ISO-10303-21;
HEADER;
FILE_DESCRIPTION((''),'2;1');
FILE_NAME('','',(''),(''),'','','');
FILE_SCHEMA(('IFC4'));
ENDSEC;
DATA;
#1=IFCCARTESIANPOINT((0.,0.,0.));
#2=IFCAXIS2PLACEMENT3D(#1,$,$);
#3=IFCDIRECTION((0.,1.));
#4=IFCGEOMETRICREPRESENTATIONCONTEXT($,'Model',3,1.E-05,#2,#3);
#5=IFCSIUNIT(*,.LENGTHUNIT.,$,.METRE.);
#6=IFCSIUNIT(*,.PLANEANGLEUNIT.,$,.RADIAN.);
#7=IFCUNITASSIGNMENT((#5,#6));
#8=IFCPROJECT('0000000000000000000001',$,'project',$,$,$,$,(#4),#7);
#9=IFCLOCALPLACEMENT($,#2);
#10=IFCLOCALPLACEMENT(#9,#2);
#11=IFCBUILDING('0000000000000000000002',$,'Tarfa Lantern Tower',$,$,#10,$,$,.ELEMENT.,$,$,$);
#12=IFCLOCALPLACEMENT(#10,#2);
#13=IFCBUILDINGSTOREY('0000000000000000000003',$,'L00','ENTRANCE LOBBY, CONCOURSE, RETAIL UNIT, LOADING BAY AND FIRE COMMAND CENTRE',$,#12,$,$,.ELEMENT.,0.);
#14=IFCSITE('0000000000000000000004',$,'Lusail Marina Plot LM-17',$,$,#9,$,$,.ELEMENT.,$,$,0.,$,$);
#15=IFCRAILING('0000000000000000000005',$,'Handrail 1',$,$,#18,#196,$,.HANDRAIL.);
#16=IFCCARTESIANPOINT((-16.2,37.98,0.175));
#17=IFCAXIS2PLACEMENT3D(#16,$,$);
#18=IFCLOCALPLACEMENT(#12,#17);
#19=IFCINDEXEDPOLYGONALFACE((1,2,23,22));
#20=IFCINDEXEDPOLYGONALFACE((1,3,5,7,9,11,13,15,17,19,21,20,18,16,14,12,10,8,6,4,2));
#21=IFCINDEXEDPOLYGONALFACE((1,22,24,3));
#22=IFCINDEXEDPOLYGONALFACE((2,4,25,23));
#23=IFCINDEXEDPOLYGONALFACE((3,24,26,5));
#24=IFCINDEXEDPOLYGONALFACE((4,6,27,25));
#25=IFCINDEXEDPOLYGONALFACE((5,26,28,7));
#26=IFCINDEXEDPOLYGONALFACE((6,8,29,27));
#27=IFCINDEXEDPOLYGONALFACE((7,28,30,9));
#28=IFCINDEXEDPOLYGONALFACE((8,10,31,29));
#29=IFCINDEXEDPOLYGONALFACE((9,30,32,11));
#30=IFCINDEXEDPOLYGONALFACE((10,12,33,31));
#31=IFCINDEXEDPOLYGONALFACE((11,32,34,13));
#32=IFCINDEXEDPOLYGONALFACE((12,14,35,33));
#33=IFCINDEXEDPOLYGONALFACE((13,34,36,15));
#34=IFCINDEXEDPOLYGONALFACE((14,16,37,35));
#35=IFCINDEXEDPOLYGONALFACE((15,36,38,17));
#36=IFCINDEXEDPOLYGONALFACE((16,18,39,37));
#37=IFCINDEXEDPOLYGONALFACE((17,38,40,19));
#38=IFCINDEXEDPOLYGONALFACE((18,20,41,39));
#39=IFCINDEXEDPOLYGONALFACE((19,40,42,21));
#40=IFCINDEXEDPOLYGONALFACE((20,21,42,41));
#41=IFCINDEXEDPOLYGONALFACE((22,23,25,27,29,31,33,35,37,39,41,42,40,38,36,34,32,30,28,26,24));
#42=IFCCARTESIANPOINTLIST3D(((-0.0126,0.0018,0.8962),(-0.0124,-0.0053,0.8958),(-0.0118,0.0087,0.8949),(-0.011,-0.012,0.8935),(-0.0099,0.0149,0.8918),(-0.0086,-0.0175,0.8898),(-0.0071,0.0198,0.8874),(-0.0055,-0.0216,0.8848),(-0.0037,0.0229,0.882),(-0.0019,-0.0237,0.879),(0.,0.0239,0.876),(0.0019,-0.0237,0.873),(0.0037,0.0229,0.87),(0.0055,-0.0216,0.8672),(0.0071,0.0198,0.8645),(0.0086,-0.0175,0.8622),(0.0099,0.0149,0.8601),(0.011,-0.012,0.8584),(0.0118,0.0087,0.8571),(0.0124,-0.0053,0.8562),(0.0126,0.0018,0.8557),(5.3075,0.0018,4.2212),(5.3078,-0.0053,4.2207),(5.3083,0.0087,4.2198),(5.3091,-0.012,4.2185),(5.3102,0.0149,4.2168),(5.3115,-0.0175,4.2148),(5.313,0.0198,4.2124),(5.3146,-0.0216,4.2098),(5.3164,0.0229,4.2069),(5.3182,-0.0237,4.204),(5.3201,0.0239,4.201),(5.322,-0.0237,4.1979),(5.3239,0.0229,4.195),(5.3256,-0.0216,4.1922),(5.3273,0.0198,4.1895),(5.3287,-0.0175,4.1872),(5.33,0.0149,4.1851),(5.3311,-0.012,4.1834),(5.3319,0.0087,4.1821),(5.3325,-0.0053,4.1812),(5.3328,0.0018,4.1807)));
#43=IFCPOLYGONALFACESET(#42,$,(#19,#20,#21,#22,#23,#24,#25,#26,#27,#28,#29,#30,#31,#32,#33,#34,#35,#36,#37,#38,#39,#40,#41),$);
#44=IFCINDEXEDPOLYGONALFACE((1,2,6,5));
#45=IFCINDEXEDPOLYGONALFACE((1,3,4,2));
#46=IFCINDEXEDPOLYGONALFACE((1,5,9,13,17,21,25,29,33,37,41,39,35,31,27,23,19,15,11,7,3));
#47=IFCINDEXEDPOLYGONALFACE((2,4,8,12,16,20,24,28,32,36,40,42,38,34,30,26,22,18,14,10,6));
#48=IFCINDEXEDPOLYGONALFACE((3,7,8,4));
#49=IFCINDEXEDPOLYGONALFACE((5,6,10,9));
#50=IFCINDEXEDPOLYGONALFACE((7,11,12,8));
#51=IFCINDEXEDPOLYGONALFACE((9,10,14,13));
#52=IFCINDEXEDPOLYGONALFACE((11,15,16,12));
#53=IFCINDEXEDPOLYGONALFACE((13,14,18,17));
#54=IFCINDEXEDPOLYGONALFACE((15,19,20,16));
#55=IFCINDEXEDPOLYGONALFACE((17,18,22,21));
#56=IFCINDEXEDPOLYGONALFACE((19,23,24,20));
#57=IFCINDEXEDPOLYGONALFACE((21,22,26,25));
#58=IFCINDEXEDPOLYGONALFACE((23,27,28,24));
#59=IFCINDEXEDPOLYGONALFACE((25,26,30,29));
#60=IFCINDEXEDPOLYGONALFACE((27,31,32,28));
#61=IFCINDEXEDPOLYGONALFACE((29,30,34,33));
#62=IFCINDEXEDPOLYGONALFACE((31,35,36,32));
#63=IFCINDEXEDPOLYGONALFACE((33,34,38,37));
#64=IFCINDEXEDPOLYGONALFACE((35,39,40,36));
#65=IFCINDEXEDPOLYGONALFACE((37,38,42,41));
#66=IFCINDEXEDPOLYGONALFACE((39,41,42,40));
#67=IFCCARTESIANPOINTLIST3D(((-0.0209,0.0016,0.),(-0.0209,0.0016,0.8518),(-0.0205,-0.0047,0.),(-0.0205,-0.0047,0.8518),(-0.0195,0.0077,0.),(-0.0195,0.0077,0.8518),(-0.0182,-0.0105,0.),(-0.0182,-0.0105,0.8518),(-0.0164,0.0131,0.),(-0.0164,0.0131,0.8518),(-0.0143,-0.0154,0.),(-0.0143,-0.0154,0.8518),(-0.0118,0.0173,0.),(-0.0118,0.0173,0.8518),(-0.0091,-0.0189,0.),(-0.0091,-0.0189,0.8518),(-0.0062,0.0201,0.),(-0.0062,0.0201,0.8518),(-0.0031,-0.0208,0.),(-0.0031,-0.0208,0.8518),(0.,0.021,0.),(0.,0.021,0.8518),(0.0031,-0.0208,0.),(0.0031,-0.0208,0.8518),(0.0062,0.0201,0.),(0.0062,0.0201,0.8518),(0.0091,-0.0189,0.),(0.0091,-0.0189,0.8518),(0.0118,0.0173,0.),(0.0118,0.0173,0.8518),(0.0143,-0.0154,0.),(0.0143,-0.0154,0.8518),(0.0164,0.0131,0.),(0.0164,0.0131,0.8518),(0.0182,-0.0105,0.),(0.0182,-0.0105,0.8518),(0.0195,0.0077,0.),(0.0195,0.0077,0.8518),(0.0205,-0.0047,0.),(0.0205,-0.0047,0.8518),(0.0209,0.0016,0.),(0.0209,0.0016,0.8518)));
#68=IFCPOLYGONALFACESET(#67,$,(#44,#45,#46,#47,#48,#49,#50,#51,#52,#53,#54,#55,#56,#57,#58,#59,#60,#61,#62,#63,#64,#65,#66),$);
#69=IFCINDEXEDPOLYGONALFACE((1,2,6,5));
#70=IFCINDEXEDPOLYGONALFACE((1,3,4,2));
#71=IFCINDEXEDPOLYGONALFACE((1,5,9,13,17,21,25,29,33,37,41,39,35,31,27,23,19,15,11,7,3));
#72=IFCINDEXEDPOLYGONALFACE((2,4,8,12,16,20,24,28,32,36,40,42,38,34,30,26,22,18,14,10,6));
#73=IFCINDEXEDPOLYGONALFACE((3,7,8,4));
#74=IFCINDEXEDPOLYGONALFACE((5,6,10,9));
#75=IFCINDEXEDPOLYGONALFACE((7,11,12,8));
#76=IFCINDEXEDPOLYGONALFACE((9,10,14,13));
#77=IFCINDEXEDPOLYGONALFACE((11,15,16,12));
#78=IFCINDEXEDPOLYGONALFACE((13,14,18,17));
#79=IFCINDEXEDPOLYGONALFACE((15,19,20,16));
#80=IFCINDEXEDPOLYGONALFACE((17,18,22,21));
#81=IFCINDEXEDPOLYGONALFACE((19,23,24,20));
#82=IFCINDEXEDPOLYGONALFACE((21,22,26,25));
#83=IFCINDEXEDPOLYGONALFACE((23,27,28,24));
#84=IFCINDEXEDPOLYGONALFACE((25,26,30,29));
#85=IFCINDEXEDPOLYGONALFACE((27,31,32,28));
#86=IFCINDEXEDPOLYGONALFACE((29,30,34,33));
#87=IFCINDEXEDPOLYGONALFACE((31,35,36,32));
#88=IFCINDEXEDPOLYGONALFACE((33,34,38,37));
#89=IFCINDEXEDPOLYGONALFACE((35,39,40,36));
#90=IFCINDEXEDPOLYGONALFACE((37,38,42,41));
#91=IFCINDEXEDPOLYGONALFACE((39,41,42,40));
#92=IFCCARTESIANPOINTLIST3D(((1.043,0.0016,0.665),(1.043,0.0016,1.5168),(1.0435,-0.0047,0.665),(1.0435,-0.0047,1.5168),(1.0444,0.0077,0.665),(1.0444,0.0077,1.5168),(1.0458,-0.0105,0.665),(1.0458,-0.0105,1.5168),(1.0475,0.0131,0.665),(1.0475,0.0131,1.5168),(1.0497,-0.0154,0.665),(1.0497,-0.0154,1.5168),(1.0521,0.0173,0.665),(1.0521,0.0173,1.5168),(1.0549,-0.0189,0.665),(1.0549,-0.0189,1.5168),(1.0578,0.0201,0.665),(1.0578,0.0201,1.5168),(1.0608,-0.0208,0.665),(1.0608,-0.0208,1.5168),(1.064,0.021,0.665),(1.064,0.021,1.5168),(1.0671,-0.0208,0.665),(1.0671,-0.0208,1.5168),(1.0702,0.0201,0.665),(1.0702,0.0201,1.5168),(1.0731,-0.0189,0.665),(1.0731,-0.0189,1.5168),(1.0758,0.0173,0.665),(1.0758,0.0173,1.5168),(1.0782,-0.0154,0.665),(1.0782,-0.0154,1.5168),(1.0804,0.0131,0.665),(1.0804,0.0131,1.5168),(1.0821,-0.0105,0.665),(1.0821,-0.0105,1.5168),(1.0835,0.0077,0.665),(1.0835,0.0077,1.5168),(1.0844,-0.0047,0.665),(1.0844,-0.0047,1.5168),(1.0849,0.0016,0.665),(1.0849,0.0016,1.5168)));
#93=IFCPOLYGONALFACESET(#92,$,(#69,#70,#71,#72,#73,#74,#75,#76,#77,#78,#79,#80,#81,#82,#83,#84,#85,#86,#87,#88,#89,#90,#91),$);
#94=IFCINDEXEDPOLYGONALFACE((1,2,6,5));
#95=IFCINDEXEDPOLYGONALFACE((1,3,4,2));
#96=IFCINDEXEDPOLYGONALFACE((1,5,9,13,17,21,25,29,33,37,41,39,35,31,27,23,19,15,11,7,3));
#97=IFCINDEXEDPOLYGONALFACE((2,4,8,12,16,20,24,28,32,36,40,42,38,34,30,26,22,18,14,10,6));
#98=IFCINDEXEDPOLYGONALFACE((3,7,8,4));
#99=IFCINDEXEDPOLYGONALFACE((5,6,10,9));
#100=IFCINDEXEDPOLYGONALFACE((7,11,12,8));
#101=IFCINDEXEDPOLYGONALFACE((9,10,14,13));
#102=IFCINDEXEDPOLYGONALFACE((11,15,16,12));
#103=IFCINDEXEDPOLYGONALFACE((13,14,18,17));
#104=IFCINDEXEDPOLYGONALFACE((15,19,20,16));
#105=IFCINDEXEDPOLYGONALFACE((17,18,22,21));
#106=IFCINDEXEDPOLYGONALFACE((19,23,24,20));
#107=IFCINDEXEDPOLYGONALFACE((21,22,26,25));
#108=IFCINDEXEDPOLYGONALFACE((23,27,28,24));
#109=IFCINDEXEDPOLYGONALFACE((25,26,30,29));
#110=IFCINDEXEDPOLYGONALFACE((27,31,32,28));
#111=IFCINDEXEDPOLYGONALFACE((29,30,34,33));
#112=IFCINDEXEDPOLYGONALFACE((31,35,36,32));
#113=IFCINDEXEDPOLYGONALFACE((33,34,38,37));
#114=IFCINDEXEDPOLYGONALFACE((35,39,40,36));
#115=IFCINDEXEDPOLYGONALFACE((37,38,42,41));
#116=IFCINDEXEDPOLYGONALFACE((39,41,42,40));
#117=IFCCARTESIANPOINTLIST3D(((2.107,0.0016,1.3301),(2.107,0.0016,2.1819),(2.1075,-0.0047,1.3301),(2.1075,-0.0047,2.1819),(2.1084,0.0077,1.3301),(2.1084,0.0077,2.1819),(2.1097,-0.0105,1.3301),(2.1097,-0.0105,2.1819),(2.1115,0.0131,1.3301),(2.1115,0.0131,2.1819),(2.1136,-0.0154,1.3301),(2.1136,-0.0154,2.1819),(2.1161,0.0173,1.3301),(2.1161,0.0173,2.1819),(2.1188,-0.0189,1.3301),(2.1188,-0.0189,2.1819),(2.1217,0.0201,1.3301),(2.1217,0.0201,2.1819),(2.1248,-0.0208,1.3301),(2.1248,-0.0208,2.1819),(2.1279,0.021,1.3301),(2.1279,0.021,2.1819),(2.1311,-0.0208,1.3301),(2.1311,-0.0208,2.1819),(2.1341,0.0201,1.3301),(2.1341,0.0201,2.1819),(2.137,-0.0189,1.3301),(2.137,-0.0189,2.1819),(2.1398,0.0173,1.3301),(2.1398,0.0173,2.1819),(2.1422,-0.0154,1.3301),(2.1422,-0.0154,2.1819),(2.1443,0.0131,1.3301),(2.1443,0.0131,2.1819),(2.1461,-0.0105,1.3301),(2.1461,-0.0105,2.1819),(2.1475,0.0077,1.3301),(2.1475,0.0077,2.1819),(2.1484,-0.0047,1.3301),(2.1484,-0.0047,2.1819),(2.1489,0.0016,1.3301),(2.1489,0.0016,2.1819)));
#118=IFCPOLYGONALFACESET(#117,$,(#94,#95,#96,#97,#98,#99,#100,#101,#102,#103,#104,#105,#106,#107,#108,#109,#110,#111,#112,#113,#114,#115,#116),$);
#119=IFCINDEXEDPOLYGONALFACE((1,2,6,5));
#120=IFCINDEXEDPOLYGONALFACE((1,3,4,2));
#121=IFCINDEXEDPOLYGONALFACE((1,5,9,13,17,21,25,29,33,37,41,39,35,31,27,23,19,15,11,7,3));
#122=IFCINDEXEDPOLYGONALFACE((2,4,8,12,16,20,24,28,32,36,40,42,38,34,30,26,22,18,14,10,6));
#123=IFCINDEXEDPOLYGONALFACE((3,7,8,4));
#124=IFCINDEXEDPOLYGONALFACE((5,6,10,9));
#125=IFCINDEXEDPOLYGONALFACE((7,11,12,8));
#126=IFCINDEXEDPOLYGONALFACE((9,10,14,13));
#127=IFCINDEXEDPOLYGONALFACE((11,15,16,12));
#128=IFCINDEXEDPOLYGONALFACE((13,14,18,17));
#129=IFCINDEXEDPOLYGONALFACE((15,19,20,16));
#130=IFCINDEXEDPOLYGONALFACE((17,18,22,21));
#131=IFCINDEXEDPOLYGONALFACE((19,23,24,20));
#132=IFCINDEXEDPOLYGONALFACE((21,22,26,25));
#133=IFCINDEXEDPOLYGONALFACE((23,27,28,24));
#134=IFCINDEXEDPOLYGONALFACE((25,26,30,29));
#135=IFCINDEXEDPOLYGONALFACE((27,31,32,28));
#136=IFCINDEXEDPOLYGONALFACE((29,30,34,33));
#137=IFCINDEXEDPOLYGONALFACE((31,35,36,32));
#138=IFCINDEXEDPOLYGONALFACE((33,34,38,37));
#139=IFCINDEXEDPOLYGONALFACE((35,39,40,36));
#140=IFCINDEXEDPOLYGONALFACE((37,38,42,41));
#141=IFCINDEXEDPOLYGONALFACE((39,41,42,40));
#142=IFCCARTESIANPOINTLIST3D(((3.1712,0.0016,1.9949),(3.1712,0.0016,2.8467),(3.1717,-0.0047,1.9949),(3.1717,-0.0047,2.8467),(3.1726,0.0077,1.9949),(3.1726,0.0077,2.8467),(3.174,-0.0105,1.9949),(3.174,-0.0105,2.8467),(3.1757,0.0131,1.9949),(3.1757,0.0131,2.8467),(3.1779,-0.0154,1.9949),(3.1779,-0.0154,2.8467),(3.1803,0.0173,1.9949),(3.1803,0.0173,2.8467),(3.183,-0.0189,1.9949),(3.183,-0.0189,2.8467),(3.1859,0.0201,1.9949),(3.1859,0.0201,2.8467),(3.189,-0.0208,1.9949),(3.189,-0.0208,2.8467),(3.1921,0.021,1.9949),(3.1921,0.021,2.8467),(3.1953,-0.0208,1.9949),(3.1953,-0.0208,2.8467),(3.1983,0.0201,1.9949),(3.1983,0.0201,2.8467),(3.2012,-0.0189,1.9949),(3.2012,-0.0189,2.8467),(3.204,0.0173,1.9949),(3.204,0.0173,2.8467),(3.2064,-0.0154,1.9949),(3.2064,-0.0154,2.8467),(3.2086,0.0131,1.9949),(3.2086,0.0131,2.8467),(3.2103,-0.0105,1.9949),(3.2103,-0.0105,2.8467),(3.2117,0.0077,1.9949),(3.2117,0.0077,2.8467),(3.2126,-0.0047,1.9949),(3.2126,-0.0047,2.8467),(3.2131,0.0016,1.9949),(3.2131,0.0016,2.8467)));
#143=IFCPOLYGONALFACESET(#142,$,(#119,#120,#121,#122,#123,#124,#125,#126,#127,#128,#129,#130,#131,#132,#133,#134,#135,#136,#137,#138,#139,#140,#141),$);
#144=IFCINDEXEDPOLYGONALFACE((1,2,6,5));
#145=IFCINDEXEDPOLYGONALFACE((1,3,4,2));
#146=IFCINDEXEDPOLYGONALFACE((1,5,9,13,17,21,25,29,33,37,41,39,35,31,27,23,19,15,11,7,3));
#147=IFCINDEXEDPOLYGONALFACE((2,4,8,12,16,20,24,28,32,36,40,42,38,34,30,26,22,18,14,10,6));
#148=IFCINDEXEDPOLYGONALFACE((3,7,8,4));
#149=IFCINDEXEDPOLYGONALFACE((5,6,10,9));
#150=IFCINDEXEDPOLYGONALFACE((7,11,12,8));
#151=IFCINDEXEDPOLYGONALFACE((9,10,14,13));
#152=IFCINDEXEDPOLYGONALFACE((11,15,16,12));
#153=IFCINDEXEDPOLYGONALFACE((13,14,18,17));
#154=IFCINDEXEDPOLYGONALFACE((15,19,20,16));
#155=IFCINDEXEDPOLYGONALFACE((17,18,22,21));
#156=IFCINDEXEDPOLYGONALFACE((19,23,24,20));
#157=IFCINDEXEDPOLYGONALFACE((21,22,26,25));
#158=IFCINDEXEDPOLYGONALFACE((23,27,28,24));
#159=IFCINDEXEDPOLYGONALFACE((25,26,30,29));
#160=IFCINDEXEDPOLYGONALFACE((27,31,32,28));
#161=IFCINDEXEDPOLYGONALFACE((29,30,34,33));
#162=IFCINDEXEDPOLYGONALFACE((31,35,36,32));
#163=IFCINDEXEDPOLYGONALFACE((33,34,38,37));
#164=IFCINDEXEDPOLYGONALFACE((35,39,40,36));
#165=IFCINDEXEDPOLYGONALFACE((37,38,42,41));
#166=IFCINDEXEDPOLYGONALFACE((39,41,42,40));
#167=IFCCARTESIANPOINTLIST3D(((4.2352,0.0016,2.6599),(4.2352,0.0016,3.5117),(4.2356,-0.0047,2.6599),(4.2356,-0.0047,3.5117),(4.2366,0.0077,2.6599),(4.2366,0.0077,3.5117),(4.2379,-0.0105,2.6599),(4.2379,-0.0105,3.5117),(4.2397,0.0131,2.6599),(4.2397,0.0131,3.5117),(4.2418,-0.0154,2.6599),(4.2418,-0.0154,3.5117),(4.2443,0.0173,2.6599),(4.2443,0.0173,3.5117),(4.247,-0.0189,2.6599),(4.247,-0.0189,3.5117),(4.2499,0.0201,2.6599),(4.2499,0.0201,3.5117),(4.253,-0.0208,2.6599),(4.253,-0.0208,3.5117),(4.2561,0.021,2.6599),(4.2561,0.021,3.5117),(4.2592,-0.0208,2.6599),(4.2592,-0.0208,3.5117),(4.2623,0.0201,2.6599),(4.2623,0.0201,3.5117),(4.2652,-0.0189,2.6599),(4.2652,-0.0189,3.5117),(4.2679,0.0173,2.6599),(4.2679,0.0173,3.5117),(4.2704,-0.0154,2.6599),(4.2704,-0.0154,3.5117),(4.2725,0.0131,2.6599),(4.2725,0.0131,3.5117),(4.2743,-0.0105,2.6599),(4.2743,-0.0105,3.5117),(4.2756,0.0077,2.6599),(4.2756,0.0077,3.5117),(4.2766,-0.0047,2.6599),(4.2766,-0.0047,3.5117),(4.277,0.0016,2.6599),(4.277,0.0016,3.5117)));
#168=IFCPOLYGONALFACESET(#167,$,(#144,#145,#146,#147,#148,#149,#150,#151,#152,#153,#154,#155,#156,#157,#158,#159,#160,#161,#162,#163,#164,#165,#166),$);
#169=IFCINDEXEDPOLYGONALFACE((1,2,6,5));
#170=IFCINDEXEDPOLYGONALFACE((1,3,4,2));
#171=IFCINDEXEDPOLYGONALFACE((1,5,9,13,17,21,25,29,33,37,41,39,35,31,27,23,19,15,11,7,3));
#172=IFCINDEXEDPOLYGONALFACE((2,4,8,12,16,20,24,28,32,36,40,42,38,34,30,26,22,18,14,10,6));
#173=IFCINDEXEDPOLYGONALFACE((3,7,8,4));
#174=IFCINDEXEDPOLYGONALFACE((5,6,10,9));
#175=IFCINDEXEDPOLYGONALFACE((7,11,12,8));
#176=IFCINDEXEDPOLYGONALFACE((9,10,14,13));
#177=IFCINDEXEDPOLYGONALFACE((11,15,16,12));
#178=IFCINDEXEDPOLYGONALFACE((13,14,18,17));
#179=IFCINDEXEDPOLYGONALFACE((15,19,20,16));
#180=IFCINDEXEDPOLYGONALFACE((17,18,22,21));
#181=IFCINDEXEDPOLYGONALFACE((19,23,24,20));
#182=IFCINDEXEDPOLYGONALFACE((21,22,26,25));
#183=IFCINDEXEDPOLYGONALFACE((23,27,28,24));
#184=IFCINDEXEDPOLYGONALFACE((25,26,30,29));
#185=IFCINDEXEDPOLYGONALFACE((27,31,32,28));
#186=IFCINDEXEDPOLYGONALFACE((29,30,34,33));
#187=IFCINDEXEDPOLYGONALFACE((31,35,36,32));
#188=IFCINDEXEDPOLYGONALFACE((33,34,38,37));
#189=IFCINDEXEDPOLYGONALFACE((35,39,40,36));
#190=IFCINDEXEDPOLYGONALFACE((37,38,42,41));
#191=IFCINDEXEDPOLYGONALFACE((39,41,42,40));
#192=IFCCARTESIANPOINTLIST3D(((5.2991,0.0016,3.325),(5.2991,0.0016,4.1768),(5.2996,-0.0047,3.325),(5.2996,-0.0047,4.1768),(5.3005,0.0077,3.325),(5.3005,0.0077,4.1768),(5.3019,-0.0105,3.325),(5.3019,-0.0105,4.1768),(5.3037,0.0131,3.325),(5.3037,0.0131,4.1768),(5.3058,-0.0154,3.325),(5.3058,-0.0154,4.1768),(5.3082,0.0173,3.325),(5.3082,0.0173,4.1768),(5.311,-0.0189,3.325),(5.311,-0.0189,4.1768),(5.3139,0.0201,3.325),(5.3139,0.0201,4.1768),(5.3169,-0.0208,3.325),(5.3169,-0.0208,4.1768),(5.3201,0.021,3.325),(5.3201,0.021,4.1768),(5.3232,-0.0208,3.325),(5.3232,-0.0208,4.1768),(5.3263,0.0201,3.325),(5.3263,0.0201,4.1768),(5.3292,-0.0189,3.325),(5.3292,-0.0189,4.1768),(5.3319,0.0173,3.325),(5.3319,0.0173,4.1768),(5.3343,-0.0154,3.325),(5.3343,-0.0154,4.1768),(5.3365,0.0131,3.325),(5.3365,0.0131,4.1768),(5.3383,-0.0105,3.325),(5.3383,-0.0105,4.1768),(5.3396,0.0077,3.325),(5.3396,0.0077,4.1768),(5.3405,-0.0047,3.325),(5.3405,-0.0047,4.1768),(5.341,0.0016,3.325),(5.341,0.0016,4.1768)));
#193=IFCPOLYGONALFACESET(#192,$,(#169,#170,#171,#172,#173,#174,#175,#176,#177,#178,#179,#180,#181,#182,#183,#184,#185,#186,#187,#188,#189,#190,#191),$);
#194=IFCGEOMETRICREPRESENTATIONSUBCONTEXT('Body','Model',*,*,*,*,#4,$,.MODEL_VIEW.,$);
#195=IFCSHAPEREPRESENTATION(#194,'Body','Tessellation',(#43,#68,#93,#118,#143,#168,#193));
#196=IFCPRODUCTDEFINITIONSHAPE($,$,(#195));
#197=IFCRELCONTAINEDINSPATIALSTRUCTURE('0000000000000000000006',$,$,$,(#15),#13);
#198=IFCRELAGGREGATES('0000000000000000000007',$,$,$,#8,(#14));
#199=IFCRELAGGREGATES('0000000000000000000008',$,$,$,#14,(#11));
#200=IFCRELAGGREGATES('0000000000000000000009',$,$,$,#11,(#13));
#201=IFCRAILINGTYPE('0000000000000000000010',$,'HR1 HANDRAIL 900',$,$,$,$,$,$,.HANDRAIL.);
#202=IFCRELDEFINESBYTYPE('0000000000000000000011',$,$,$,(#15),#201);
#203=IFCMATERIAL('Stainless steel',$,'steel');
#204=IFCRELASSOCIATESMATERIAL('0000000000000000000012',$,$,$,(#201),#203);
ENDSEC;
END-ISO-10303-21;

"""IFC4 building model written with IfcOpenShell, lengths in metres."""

from ifc_helpers import new_model, si_unit, direction, frame, origin, origin_2d, place, context, subcontext, project, spatial, circle, extrude, material, type_object, element, save


model = new_model("IFC4")

# Units and contexts
model_context = context("Model", 3, precision=1e-05, world=origin(), true_north=direction((0.0, 1.0)))
body_context = subcontext(model_context, "Body", "Model", "MODEL_VIEW")
ifc_project = project(units=[si_unit("LENGTHUNIT", "METRE"), si_unit("PLANEANGLEUNIT", "RADIAN")], contexts=[model_context])

# Site, building, storey
site_placement = place(None, origin())
site = spatial("IfcSite", under=ifc_project, at=site_placement, Name="Lusail Marina Plot LM-17", CompositionType="ELEMENT", RefElevation=0.0)
building_placement = place(site_placement, origin())
building = spatial("IfcBuilding", under=site, at=building_placement, Name="Tarfa Lantern Tower", CompositionType="ELEMENT")
storey_placement = place(building_placement, origin())
storey = spatial("IfcBuildingStorey", under=building, at=storey_placement, Name="L00", Description="ENTRANCE LOBBY, CONCOURSE, RETAIL UNIT, LOADING BAY AND FIRE COMMAND CENTRE", CompositionType="ELEMENT", Elevation=0.0)

# Railing
ifc_material_1 = material(Name="Stainless steel", Category="steel")
railing_type = type_object("IfcRailingType", Name="HR1 HANDRAIL 900", PredefinedType="HANDRAIL", material=ifc_material_1)
railing_placement = place(storey_placement, frame((-16.2, 37.98, 0.175)))
element("IfcRailing", 1, at=railing_placement, inside=storey, type_object=railing_type, Name="Handrail 1", PredefinedType="HANDRAIL", context=body_context, shape_type="SweptSolid", body=[
    extrude(circle(Radius=0.0239, at=origin_2d()), frame((0.0, 0.0, 0.876), z_axis=(0.848005, 0.0, 0.529988), x_axis=(0.0, 1.0, 0.0)), (0.0, 0.0, 1.0), 6.2737),
    extrude(circle(Radius=0.021, at=origin_2d()), frame((0.0, 0.0, 0.0), z_axis=(0.0, 0.0, 1.0), x_axis=(0.0, 1.0, 0.0)), (0.0, 0.0, 1.0), 0.8518),
    extrude(circle(Radius=0.021, at=origin_2d()), frame((1.064, 0.0, 0.665), z_axis=(0.0, 0.0, 1.0), x_axis=(0.0, 1.0, 0.0)), (0.0, 0.0, 1.0), 0.8518),
    extrude(circle(Radius=0.021, at=origin_2d()), frame((2.1279, 0.0, 1.3301), z_axis=(0.0, 0.0, 1.0), x_axis=(0.0, 1.0, 0.0)), (0.0, 0.0, 1.0), 0.8518),
    extrude(circle(Radius=0.021, at=origin_2d()), frame((3.1921, 0.0, 1.9949), z_axis=(0.0, 0.0, 1.0), x_axis=(0.0, 1.0, 0.0)), (0.0, 0.0, 1.0), 0.8518),
    extrude(circle(Radius=0.021, at=origin_2d()), frame((4.2561, 0.0, 2.6599), z_axis=(0.0, 0.0, 1.0), x_axis=(0.0, 1.0, 0.0)), (0.0, 0.0, 1.0), 0.8518),
    extrude(circle(Radius=0.021, at=origin_2d()), frame((5.3201, 0.0, 3.325), z_axis=(0.0, 0.0, 1.0), x_axis=(0.0, 1.0, 0.0)), (0.0, 0.0, 1.0), 0.8518),
])

save(model, "model.ifc")
